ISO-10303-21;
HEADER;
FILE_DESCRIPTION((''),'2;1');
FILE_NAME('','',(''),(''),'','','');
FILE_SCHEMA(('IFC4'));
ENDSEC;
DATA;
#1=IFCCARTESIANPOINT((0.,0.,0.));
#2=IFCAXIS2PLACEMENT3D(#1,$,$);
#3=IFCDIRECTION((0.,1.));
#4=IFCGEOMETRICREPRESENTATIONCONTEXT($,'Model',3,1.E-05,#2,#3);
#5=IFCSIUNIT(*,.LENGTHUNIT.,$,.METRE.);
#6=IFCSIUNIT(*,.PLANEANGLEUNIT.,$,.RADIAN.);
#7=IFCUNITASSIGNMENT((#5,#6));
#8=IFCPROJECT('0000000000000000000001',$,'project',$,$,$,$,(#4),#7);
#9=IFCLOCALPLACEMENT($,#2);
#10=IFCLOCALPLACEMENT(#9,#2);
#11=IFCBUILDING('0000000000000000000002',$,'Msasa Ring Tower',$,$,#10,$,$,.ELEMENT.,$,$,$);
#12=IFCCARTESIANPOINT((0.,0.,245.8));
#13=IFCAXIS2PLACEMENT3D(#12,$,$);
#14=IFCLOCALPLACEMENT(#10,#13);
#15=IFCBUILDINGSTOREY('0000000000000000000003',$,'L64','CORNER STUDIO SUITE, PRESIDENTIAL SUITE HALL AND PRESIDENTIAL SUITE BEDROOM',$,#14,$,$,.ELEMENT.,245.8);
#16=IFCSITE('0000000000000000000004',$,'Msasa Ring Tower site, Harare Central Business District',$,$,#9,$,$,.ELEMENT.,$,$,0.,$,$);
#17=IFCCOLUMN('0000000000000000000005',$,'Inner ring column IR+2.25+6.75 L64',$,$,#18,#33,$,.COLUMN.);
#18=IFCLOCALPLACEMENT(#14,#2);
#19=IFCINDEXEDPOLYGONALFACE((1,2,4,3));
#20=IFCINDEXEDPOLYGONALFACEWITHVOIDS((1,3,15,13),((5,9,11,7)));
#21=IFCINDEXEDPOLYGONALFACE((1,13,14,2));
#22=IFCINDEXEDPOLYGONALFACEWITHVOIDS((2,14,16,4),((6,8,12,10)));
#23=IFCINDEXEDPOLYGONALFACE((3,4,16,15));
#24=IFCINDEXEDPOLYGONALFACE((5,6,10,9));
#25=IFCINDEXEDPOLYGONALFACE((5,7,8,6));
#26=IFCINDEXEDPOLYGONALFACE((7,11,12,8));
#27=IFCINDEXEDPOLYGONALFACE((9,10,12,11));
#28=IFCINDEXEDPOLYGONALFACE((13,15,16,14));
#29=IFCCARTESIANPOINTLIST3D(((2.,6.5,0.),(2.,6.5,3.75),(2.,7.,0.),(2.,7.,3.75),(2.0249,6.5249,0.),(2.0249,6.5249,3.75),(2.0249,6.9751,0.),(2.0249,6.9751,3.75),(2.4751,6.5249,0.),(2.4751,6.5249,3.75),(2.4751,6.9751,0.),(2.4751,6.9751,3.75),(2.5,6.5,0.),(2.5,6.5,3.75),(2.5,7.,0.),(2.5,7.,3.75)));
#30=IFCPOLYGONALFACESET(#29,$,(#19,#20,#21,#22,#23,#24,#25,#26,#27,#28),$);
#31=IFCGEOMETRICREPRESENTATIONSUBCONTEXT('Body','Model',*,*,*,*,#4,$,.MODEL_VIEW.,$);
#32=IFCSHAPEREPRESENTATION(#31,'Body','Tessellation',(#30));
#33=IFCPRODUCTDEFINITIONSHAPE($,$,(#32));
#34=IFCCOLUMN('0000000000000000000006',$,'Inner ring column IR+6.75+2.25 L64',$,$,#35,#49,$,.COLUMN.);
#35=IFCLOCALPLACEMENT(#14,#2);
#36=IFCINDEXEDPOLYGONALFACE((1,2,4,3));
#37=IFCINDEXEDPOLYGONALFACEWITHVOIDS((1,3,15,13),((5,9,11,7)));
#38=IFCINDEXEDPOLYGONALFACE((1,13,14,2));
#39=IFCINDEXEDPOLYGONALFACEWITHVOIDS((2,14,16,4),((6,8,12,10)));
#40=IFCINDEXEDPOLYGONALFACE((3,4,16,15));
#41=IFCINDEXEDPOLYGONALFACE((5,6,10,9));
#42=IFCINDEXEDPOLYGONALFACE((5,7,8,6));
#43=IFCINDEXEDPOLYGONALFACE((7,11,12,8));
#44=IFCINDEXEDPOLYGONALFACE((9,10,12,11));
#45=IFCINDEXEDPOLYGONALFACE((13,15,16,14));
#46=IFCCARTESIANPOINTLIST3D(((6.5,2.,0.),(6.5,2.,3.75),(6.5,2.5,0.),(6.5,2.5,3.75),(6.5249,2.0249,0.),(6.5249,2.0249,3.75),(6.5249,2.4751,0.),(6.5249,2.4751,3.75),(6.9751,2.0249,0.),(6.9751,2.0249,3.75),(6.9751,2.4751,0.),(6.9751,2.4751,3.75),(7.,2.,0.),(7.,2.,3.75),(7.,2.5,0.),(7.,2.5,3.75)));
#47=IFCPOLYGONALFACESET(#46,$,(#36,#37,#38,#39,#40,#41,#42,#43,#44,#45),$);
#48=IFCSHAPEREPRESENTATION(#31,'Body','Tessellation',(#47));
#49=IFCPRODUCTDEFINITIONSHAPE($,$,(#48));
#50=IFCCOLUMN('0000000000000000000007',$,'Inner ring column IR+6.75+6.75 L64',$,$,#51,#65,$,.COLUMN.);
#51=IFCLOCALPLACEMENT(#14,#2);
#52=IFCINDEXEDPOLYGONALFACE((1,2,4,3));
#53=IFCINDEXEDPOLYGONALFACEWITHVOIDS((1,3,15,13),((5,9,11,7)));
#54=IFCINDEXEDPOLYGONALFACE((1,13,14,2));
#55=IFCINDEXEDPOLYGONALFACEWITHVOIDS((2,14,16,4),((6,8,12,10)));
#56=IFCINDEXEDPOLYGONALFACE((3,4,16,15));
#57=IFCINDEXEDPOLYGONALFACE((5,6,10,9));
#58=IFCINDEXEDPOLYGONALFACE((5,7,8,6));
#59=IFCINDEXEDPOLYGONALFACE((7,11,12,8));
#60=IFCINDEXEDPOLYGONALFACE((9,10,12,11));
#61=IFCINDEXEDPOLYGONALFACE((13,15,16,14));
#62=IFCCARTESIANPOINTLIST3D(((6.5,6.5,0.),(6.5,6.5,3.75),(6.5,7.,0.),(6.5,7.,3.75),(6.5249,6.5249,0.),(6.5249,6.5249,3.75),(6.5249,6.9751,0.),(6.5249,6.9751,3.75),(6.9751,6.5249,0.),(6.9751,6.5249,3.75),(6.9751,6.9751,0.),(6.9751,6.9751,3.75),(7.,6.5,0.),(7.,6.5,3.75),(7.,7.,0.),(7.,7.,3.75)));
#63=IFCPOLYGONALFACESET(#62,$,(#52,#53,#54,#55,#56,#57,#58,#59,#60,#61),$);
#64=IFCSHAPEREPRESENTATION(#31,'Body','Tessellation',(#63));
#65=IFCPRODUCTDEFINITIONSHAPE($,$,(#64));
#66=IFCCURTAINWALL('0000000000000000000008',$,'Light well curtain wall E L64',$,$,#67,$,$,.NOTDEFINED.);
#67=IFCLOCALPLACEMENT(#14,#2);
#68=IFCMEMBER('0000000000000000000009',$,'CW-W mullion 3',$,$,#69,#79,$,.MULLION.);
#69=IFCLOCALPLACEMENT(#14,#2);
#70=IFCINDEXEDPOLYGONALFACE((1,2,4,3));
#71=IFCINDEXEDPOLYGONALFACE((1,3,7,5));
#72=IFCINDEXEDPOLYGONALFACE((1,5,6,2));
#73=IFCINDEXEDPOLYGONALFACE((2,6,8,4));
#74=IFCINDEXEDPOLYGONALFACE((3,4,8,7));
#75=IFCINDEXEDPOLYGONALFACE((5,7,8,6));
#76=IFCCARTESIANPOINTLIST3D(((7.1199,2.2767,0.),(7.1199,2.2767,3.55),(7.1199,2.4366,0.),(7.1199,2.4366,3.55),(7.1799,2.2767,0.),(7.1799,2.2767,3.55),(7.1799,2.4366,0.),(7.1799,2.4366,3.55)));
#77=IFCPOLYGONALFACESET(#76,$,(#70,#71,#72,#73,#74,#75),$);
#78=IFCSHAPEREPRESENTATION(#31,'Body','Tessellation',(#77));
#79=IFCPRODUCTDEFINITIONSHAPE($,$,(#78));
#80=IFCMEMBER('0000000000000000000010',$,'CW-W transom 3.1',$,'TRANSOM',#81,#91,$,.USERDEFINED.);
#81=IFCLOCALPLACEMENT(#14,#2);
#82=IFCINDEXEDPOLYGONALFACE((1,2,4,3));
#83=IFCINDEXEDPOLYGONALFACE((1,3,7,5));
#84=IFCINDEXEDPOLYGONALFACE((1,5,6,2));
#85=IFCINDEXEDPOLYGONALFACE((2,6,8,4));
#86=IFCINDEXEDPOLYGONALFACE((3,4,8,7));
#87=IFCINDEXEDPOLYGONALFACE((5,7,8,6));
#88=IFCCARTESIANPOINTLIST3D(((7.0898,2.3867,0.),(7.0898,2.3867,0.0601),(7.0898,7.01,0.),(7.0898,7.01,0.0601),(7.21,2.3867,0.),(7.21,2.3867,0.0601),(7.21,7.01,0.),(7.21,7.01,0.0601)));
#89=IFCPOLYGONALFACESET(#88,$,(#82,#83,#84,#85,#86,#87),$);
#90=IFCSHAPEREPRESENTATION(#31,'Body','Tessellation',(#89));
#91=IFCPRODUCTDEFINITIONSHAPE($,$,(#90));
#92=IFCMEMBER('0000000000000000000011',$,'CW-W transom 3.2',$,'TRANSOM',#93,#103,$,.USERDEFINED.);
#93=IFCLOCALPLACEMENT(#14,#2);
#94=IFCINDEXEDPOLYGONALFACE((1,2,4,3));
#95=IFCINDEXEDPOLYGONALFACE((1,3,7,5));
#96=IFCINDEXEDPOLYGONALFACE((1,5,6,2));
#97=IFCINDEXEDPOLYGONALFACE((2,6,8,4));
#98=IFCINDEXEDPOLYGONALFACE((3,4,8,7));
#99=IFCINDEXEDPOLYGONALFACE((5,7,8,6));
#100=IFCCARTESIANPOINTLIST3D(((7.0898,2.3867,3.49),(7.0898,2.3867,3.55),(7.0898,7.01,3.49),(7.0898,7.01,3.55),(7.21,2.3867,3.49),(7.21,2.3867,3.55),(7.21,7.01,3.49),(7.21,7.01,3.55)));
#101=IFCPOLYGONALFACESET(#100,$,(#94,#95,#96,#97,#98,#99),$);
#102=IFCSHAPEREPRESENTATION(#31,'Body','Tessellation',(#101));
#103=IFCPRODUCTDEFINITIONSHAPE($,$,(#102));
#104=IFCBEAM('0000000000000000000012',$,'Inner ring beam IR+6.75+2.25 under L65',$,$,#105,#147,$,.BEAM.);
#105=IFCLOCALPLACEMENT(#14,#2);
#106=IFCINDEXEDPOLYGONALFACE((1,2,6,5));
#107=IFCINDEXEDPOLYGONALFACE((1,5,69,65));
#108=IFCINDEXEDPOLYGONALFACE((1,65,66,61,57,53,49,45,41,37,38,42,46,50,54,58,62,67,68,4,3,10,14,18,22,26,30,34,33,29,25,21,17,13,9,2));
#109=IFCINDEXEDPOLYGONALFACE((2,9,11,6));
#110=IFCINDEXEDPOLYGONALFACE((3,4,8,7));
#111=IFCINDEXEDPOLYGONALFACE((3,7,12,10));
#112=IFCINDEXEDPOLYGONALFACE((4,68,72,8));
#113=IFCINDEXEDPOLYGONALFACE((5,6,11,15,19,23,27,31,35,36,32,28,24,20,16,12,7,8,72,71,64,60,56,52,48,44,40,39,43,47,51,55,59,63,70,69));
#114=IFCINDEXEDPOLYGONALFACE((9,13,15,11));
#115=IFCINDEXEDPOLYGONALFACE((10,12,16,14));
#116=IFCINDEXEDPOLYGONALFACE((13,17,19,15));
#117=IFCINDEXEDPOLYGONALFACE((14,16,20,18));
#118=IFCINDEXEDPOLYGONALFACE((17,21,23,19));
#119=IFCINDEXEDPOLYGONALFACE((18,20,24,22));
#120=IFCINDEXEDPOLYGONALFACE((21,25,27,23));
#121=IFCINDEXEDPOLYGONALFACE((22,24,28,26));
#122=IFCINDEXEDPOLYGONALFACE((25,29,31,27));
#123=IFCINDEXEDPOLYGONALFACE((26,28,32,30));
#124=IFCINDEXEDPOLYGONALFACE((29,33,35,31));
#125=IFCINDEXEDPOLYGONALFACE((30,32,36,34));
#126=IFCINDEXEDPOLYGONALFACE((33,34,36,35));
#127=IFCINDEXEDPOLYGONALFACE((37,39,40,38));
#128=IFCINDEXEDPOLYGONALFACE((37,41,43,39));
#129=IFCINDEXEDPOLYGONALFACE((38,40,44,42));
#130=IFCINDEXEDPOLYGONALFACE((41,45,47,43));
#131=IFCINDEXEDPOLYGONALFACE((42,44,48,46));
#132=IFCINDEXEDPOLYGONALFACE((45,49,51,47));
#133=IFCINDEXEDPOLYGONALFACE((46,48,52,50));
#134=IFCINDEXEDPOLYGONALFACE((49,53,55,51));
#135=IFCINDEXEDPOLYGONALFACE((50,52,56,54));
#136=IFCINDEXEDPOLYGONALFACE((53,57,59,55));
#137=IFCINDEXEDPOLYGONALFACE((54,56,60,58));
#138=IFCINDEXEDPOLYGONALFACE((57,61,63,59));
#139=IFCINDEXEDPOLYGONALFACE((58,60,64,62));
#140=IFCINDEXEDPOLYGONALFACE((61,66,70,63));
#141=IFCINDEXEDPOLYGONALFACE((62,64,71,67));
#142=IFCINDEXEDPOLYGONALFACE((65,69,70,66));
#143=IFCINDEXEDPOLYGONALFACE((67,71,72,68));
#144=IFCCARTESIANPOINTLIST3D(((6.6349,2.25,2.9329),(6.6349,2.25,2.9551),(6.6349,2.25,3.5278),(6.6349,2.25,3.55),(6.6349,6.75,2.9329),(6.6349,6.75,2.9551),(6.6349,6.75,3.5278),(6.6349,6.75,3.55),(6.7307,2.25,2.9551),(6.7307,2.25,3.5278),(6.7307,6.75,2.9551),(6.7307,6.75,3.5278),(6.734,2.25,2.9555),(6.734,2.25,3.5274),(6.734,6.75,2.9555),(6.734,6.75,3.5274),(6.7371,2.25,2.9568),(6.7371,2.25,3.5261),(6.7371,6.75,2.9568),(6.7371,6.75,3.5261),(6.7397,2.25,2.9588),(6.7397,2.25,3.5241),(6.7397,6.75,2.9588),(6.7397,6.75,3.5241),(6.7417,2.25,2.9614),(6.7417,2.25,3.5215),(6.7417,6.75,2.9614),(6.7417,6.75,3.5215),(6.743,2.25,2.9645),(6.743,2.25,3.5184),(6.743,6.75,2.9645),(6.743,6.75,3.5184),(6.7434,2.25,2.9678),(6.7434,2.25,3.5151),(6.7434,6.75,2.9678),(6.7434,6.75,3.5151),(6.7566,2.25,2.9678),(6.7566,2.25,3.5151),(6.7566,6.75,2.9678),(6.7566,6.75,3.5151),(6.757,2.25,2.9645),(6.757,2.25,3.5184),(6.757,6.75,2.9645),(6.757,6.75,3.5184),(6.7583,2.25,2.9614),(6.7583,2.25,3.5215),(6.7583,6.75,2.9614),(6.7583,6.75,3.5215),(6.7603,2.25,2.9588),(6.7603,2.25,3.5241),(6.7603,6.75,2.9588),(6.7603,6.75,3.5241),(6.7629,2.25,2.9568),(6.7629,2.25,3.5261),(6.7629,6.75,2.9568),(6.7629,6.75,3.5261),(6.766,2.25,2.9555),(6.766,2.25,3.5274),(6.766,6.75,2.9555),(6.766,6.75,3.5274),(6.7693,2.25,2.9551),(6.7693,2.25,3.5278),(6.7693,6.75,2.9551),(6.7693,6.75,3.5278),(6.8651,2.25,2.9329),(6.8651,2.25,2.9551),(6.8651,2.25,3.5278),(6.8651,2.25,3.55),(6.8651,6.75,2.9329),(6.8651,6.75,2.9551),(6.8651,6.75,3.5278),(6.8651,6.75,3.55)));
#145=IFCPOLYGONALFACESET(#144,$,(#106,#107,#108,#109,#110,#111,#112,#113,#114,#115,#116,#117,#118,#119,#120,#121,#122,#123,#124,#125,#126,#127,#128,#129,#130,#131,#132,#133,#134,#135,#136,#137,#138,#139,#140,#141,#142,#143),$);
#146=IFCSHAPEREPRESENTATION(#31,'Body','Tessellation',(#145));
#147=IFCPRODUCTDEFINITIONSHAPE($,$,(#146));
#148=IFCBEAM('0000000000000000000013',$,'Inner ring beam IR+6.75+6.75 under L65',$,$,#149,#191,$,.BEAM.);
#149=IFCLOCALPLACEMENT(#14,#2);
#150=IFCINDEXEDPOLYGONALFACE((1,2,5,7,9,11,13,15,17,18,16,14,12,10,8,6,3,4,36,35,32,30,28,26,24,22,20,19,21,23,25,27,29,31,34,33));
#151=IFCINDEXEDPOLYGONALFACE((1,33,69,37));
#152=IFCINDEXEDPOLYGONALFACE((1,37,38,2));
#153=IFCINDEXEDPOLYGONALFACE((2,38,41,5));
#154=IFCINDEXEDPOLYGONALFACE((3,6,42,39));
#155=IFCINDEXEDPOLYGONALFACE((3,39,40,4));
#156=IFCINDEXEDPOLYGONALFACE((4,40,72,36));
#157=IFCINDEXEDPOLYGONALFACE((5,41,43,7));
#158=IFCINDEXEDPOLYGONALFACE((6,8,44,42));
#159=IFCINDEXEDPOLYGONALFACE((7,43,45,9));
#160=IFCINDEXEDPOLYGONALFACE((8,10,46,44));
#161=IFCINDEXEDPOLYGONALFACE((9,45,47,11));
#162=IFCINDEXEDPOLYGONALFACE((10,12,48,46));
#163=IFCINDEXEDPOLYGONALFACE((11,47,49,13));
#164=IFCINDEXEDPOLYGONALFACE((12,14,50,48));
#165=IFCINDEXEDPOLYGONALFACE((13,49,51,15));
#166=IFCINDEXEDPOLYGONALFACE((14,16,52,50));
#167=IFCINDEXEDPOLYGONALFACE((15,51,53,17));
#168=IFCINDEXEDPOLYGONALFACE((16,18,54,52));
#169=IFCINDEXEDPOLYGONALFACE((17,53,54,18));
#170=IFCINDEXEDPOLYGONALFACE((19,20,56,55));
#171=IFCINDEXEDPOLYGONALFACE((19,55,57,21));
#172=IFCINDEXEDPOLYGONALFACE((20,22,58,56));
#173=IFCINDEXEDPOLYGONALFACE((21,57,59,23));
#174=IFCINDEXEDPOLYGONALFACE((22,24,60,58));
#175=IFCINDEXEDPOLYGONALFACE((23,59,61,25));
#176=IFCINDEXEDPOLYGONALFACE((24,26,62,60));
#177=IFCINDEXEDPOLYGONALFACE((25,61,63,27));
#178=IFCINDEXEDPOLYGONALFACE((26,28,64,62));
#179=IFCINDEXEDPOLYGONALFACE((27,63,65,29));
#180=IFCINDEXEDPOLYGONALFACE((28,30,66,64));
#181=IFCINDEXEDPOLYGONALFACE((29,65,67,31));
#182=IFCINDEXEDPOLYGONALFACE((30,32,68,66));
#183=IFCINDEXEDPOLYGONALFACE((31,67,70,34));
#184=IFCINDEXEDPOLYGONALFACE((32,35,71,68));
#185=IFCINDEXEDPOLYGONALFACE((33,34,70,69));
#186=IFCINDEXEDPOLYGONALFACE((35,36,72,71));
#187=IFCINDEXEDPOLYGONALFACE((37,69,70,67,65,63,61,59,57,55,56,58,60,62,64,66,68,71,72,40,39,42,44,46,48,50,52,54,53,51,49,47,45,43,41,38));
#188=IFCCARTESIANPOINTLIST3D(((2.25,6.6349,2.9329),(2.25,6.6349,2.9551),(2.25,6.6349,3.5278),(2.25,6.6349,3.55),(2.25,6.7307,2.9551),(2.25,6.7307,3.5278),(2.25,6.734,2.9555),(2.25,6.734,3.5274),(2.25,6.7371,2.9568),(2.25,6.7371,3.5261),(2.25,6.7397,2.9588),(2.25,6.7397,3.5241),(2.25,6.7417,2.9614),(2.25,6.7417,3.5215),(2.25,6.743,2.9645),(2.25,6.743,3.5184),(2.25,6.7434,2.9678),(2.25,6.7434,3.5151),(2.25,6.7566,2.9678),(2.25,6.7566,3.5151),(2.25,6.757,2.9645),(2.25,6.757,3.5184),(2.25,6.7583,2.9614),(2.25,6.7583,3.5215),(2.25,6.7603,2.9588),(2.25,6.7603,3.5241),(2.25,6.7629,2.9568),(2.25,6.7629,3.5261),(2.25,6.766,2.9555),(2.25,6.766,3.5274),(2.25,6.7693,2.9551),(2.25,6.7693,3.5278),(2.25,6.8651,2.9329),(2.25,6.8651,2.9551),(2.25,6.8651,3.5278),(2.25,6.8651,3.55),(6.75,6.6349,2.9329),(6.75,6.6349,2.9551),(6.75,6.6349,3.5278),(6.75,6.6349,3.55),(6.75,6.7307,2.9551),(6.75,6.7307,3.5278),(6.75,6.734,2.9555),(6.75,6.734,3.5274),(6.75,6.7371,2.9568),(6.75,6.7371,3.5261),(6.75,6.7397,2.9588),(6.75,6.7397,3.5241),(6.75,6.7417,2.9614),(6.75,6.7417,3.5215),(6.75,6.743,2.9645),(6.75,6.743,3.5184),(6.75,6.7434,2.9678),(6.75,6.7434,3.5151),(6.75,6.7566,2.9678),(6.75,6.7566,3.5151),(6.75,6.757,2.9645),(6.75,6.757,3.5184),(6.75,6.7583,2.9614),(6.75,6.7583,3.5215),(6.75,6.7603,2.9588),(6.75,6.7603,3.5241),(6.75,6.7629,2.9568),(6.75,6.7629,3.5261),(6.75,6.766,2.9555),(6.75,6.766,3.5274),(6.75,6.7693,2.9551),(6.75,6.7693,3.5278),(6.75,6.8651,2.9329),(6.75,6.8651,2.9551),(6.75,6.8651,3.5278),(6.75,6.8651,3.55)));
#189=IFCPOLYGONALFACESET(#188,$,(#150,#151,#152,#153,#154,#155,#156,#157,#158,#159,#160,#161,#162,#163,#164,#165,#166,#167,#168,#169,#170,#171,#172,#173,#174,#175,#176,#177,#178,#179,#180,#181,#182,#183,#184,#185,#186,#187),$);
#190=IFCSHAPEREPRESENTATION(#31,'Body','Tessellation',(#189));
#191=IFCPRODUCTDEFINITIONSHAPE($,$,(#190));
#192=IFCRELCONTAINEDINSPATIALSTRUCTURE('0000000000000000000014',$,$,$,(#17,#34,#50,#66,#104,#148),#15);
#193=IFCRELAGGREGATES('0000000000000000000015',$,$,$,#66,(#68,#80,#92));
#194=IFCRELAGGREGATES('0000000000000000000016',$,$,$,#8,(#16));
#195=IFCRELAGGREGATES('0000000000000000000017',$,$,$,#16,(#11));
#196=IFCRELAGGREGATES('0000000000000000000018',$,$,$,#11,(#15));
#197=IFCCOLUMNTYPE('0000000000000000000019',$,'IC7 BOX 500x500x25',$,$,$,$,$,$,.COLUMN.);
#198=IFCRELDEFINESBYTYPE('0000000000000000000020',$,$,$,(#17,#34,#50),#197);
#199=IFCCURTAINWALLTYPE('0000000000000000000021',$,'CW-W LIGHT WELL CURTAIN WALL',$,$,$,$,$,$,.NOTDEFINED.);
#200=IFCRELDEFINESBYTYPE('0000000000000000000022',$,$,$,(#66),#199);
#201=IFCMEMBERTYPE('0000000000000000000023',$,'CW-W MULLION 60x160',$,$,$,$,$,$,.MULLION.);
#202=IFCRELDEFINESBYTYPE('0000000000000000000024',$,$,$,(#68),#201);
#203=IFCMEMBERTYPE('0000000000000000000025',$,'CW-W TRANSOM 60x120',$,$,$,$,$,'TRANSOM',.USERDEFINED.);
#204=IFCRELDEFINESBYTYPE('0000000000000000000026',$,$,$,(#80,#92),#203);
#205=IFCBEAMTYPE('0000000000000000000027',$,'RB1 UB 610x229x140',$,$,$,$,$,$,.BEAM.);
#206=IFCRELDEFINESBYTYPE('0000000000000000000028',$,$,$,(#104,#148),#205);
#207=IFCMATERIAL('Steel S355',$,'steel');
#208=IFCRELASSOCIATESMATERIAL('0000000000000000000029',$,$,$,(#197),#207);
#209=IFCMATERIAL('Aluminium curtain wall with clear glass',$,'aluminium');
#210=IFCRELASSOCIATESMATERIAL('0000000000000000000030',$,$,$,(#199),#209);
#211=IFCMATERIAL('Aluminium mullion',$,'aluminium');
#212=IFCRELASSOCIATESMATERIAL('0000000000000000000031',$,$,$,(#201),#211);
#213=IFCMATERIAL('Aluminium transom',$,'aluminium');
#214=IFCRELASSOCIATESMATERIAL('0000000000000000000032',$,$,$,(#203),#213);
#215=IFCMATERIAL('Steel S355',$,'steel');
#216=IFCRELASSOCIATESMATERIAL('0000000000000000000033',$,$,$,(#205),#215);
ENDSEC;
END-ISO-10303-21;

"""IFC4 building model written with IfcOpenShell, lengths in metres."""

from ifc_helpers import new_model, si_unit, direction, frame, origin, origin_2d, place, context, subcontext, project, spatial, rectangle, hollow_rectangle, i_section, extrude, material, material_profile, profile_set, type_object, element, aggregate, save


model = new_model("IFC4")

# Units and contexts
model_context = context("Model", 3, precision=1e-05, world=origin(), true_north=direction((0.0, 1.0)))
body_context = subcontext(model_context, "Body", "Model", "MODEL_VIEW")
ifc_project = project(units=[si_unit("LENGTHUNIT", "METRE"), si_unit("PLANEANGLEUNIT", "RADIAN")], contexts=[model_context])

# Site, building, storey
site_placement = place(None, origin())
site = spatial("IfcSite", under=ifc_project, at=site_placement, Name="Msasa Ring Tower site, Harare Central Business District", CompositionType="ELEMENT", RefElevation=0.0)
building_placement = place(site_placement, origin())
building = spatial("IfcBuilding", under=site, at=building_placement, Name="Msasa Ring Tower", CompositionType="ELEMENT")
storey_placement = place(building_placement, frame((0.0, 0.0, 245.8)))
storey = spatial("IfcBuildingStorey", under=building, at=storey_placement, Name="L64", Description="CORNER STUDIO SUITE, PRESIDENTIAL SUITE HALL AND PRESIDENTIAL SUITE BEDROOM", CompositionType="ELEMENT", Elevation=245.8)

# Columns
ifc_material_1 = material(Name="Steel S355", Category="steel")
ifc_material_profile_1 = material_profile(ifc_material_1, hollow_rectangle(XDim=0.5, YDim=0.5, WallThickness=0.0249, at=origin_2d()), Name="BOX 500x500x25")
ifc_profile_set_1 = profile_set([ifc_material_profile_1], Name="Steel S355")
column_type = type_object("IfcColumnType", Name="IC7 BOX 500x500x25", PredefinedType="COLUMN", material=ifc_profile_set_1)
for number, where, z_axis, x_axis, name in (
    (1, (2.25, 6.75, 0.0), (0.0, 0.0, 1.0), (1.0, 0.0, 0.0), "Inner ring column IR+2.25+6.75 L64"),
    (2, (6.75, 2.25, 0.0), (0.0, 0.0, 1.0), (1.0, 0.0, 0.0), "Inner ring column IR+6.75+2.25 L64"),
    (3, (6.75, 6.75, 0.0), (0.0, 0.0, 1.0), (1.0, 0.0, 0.0), "Inner ring column IR+6.75+6.75 L64"),
):
    element("IfcColumn", number, at=place(storey_placement, frame(where, z_axis=z_axis, x_axis=x_axis)), inside=storey, type_object=column_type, Name=name, PredefinedType="COLUMN", context=body_context, shape_type="SweptSolid", body=[
        extrude(hollow_rectangle(XDim=0.5, YDim=0.5, WallThickness=0.0249, at=origin_2d()), origin(), (0.0, 0.0, 1.0), 3.75),
    ])

# Curtain wall, members
ifc_material_2 = material(Name="Aluminium curtain wall with clear glass", Category="aluminium")
curtain_wall_type = type_object("IfcCurtainWallType", Name="CW-W LIGHT WELL CURTAIN WALL", PredefinedType="NOTDEFINED", material=ifc_material_2)
curtain_wall_placement = place(storey_placement, origin())
curtain_wall = element("IfcCurtainWall", 4, at=curtain_wall_placement, inside=storey, type_object=curtain_wall_type, Name="Light well curtain wall E L64", PredefinedType="NOTDEFINED")
ifc_material_3 = material(Name="Aluminium mullion", Category="aluminium")
ifc_material_profile_2 = material_profile(ifc_material_3, rectangle(XDim=0.0601, YDim=0.1599, at=origin_2d()), Name="AL 60x160")
ifc_profile_set_2 = profile_set([ifc_material_profile_2], Name="Aluminium mullion")
member_type_1 = type_object("IfcMemberType", Name="CW-W MULLION 60x160", PredefinedType="MULLION", material=ifc_profile_set_2)
member_1_placement = place(storey_placement, frame((7.1499, 2.3567, 0.0), z_axis=(0.0, 0.0, 1.0), x_axis=(-1.0, 0.0, 0.0)))
member_1 = element("IfcMember", 5, at=member_1_placement, type_object=member_type_1, Name="CW-W mullion 3", PredefinedType="MULLION", context=body_context, shape_type="SweptSolid", body=[
    extrude(rectangle(XDim=0.0601, YDim=0.1599, at=origin_2d()), origin(), (0.0, 0.0, 1.0), 3.55),
])
ifc_material_4 = material(Name="Aluminium transom", Category="aluminium")
ifc_material_profile_3 = material_profile(ifc_material_4, rectangle(XDim=0.1201, YDim=0.0601, at=origin_2d()), Name="AL 60x120")
ifc_profile_set_3 = profile_set([ifc_material_profile_3], Name="Aluminium transom")
member_type_2 = type_object("IfcMemberType", Name="CW-W TRANSOM 60x120", ElementType="TRANSOM", PredefinedType="USERDEFINED", material=ifc_profile_set_3)
member_2_placement = place(storey_placement, frame((7.1499, 2.3867, 0.03), z_axis=(0.0, 1.0, 0.0), x_axis=(-1.0, 0.0, 0.0)))
member_2 = element("IfcMember", 6, at=member_2_placement, type_object=member_type_2, Name="CW-W transom 3.1", ObjectType="TRANSOM", PredefinedType="USERDEFINED", context=body_context, shape_type="SweptSolid", body=[
    extrude(rectangle(XDim=0.1201, YDim=0.0601, at=origin_2d()), origin(), (0.0, 0.0, 1.0), 4.6233),
])
member_3_placement = place(storey_placement, frame((7.1499, 2.3867, 3.52), z_axis=(0.0, 1.0, 0.0), x_axis=(-1.0, 0.0, 0.0)))
member_3 = element("IfcMember", 7, at=member_3_placement, type_object=member_type_2, Name="CW-W transom 3.2", ObjectType="TRANSOM", PredefinedType="USERDEFINED", context=body_context, shape_type="SweptSolid", body=[
    extrude(rectangle(XDim=0.1201, YDim=0.0601, at=origin_2d()), origin(), (0.0, 0.0, 1.0), 4.6233),
])

# Beams
ifc_material_5 = material(Name="Steel S355", Category="steel")
ifc_material_profile_4 = material_profile(ifc_material_5, i_section(OverallWidth=0.2302, OverallDepth=0.6172, WebThickness=0.0132, FlangeThickness=0.0222, FilletRadius=0.0127, at=origin_2d()), Name="UB 610x229x140")
ifc_profile_set_4 = profile_set([ifc_material_profile_4], Name="Steel S355")
beam_type = type_object("IfcBeamType", Name="RB1 UB 610x229x140", PredefinedType="BEAM", material=ifc_profile_set_4)
for number, where, z_axis, x_axis, name in (
    (8, (6.75, 2.25, 3.2415), (0.0, 1.0, 0.0), (-1.0, 0.0, 0.0), "Inner ring beam IR+6.75+2.25 under L65"),
    (9, (6.75, 6.75, 3.2415), (-1.0, 0.0, 0.0), (0.0, -1.0, 0.0), "Inner ring beam IR+6.75+6.75 under L65"),
):
    element("IfcBeam", number, at=place(storey_placement, frame(where, z_axis=z_axis, x_axis=x_axis)), inside=storey, type_object=beam_type, Name=name, PredefinedType="BEAM", context=body_context, shape_type="SweptSolid", body=[
        extrude(i_section(OverallWidth=0.2302, OverallDepth=0.6172, WebThickness=0.0132, FlangeThickness=0.0222, FilletRadius=0.0127, at=origin_2d()), origin(), (0.0, 0.0, 1.0), 4.5),
    ])

aggregate(curtain_wall, [member_1, member_2, member_3])

save(model, "model.ifc")
